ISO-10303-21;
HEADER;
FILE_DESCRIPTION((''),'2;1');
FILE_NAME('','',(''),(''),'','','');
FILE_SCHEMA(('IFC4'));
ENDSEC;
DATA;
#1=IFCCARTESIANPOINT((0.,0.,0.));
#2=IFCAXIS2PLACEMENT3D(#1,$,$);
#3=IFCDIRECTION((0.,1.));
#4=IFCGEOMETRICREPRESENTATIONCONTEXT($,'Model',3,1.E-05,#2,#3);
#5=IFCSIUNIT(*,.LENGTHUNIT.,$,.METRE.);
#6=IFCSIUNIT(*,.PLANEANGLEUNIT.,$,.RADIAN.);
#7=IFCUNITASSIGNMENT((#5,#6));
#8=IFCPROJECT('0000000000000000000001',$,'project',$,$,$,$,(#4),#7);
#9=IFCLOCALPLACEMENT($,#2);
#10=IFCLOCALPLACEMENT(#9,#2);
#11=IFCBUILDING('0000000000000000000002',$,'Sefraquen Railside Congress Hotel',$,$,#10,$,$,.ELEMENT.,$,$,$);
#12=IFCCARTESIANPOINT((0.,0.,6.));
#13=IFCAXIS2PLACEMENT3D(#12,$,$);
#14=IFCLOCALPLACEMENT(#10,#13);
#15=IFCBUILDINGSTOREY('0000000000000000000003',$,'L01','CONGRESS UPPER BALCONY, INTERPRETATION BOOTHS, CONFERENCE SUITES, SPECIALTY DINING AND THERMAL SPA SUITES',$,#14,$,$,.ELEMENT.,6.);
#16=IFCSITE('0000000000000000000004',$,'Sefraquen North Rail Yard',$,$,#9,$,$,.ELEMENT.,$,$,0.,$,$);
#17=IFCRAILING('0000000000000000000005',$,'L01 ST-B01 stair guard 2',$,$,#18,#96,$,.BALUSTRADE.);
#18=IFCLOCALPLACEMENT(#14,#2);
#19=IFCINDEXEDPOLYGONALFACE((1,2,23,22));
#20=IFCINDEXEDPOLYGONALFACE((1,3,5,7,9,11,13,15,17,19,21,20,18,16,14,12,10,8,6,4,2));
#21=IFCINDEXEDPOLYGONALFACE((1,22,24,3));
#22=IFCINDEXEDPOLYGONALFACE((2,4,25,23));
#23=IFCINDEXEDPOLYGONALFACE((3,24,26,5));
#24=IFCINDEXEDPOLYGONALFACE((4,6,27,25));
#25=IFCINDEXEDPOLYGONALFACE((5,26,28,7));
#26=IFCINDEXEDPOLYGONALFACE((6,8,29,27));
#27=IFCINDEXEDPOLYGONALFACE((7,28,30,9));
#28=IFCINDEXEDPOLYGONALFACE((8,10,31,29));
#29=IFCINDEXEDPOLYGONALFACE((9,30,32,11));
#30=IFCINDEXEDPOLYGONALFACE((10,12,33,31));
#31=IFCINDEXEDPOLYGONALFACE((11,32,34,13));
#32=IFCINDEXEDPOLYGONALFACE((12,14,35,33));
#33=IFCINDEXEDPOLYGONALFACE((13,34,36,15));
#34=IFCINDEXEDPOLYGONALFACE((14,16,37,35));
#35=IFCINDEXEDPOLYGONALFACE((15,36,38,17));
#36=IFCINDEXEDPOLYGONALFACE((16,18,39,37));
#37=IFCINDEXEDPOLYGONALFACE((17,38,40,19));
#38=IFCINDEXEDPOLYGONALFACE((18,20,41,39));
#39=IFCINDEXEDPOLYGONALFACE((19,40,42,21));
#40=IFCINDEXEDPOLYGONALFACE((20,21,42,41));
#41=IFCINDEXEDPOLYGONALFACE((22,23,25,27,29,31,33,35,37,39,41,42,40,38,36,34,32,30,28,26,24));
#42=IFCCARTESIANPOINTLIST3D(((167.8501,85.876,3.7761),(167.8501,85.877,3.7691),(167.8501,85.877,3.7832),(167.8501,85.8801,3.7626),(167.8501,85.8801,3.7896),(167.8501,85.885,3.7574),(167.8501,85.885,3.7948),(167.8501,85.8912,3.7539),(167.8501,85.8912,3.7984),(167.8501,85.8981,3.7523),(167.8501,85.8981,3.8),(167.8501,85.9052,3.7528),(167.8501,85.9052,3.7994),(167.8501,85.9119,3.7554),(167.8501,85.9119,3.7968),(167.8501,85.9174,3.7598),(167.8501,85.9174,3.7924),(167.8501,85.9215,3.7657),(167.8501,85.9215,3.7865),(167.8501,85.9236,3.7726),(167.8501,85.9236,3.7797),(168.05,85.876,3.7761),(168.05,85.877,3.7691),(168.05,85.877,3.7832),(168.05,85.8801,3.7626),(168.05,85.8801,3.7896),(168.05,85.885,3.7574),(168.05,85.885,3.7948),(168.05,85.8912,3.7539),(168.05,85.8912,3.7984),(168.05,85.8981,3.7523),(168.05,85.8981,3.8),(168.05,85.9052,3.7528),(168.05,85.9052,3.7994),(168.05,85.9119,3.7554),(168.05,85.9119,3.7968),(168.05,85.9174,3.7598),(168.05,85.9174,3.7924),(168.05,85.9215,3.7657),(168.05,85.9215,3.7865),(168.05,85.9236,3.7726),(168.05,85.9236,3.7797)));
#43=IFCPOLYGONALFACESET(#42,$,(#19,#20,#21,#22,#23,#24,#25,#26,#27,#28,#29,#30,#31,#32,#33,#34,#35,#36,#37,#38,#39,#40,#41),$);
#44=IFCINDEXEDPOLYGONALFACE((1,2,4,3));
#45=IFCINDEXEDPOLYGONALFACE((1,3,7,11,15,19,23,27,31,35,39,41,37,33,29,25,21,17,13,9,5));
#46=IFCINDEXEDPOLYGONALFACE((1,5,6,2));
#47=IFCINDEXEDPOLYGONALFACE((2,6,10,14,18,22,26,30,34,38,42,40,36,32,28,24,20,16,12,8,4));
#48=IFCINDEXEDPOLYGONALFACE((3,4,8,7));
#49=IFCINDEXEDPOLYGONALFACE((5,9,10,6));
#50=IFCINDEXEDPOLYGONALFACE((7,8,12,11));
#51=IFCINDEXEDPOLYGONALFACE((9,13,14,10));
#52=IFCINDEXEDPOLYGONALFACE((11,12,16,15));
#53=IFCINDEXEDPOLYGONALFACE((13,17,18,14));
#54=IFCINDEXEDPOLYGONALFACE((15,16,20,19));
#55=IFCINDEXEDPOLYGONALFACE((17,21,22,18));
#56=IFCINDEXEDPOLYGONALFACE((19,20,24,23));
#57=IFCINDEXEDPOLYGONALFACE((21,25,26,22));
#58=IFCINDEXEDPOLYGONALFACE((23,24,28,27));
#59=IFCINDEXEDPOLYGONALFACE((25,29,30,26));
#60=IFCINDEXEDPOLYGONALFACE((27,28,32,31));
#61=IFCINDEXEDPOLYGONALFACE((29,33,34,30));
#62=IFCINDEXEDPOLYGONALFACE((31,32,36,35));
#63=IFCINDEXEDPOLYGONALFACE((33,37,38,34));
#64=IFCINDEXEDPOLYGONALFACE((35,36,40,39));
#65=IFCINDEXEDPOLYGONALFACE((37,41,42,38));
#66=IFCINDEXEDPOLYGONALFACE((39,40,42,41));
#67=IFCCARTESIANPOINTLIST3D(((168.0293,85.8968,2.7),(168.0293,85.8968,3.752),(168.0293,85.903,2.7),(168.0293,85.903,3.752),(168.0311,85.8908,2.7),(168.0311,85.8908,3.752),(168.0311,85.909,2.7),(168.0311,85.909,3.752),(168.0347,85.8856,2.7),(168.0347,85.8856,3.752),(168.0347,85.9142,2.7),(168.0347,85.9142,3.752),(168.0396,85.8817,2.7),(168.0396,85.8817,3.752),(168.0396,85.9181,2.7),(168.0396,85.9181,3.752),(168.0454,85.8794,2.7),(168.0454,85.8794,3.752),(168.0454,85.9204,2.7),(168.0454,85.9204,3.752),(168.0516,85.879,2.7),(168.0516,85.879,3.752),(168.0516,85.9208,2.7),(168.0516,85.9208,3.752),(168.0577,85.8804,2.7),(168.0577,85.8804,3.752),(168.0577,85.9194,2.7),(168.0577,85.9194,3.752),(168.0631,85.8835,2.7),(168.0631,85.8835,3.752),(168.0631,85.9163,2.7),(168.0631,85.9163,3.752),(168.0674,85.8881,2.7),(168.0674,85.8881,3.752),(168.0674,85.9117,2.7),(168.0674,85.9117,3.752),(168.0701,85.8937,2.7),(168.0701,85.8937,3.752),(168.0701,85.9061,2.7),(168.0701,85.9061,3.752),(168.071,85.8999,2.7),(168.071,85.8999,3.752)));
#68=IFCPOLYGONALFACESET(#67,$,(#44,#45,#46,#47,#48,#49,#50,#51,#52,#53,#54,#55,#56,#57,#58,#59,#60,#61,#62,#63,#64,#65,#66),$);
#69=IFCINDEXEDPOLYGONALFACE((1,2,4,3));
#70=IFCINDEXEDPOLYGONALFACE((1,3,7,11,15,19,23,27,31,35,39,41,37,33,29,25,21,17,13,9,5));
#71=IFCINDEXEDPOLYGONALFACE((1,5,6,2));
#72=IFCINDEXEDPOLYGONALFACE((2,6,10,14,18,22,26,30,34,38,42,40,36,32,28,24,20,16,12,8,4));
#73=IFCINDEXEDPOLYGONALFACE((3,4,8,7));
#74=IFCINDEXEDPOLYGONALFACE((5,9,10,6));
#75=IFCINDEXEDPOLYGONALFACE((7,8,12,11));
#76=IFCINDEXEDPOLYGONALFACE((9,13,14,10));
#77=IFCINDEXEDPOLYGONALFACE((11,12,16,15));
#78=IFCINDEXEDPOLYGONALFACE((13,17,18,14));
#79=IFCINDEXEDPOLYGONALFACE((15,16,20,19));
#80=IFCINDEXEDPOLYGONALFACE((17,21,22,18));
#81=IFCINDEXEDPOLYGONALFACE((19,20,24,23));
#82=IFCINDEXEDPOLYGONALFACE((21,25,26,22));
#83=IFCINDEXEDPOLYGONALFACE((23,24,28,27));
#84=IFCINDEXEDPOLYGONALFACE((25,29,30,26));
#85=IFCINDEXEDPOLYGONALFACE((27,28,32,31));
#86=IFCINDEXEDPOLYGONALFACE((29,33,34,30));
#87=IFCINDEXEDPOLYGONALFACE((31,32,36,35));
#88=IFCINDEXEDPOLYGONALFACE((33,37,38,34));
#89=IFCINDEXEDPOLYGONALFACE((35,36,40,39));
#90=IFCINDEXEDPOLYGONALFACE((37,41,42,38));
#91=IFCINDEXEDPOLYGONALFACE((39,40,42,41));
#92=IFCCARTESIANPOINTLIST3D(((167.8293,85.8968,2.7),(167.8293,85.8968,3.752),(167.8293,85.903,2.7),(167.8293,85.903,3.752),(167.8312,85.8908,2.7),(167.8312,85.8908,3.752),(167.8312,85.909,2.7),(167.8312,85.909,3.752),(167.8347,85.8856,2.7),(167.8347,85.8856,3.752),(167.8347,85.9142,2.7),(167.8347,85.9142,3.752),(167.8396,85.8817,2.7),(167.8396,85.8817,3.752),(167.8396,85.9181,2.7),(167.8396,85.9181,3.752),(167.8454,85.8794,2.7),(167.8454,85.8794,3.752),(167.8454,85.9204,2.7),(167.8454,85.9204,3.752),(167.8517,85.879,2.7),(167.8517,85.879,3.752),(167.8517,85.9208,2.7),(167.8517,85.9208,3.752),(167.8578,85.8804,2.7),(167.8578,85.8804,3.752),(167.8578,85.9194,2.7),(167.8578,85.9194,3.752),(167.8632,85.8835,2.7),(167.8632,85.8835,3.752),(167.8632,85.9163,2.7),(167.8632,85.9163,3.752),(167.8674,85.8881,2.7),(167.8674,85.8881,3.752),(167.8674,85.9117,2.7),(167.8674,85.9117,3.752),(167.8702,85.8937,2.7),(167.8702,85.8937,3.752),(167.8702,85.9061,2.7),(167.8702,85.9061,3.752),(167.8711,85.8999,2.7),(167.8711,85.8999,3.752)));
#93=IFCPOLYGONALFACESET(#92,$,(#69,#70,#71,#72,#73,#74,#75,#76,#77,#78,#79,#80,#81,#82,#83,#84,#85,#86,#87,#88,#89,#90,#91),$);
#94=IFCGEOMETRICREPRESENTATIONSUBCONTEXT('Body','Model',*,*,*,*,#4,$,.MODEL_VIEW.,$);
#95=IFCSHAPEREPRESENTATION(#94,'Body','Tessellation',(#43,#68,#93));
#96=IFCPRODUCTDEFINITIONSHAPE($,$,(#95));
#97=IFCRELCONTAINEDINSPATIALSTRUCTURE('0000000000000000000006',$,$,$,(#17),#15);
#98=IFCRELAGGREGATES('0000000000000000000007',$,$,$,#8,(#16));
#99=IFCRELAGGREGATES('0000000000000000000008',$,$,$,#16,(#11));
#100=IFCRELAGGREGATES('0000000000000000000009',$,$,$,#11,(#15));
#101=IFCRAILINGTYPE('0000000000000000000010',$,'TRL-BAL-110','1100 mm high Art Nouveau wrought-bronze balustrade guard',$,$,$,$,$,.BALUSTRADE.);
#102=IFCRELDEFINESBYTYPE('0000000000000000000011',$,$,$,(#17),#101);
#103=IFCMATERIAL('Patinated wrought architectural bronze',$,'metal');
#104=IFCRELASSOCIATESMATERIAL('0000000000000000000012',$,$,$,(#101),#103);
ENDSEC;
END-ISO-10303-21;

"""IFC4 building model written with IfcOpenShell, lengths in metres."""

from ifc_helpers import new_model, si_unit, direction, frame, origin, origin_2d, place, context, subcontext, project, spatial, circle, extrude, material, type_object, element, save


model = new_model("IFC4")

# Units and contexts
model_context = context("Model", 3, precision=1e-05, world=origin(), true_north=direction((0.0, 1.0)))
body_context = subcontext(model_context, "Body", "Model", "MODEL_VIEW")
ifc_project = project(units=[si_unit("LENGTHUNIT", "METRE"), si_unit("PLANEANGLEUNIT", "RADIAN")], contexts=[model_context])

# Site, building, storey
site_placement = place(None, origin())
site = spatial("IfcSite", under=ifc_project, at=site_placement, Name="Sefraquen North Rail Yard", CompositionType="ELEMENT", RefElevation=0.0)
building_placement = place(site_placement, origin())
building = spatial("IfcBuilding", under=site, at=building_placement, Name="Sefraquen Railside Congress Hotel", CompositionType="ELEMENT")
storey_placement = place(building_placement, frame((0.0, 0.0, 6.0)))
storey = spatial("IfcBuildingStorey", under=building, at=storey_placement, Name="L01", Description="CONGRESS UPPER BALCONY, INTERPRETATION BOOTHS, CONFERENCE SUITES, SPECIALTY DINING AND THERMAL SPA SUITES", CompositionType="ELEMENT", Elevation=6.0)

# Railing
ifc_material_1 = material(Name="Patinated wrought architectural bronze", Category="metal")
railing_type_1 = type_object("IfcRailingType", Name="TRL-BAL-110", Description="1100 mm high Art Nouveau wrought-bronze balustrade guard", PredefinedType="BALUSTRADE", material=ifc_material_1)
railing_1_placement = place(storey_placement, frame((168.05, 85.8999, 2.7)))
element("IfcRailing", 1, at=railing_1_placement, inside=storey, type_object=railing_type_1, Name="L01 ST-B01 stair guard 2", PredefinedType="BALUSTRADE", context=body_context, shape_type="SweptSolid", body=[
    extrude(circle(Radius=0.0239, at=origin_2d()), frame((0.0, 0.0, 1.0762), z_axis=(-1.0, 0.0, 0.0), x_axis=(0.0, -1.0, 0.0)), (0.0, 0.0, 1.0), 0.2),
    extrude(circle(Radius=0.021, at=origin_2d()), origin(), (0.0, 0.0, 1.0), 1.052),
    extrude(circle(Radius=0.021, at=origin_2d()), frame((-0.2, 0.0, 0.0)), (0.0, 0.0, 1.0), 1.052),
])

save(model, "model.ifc")
